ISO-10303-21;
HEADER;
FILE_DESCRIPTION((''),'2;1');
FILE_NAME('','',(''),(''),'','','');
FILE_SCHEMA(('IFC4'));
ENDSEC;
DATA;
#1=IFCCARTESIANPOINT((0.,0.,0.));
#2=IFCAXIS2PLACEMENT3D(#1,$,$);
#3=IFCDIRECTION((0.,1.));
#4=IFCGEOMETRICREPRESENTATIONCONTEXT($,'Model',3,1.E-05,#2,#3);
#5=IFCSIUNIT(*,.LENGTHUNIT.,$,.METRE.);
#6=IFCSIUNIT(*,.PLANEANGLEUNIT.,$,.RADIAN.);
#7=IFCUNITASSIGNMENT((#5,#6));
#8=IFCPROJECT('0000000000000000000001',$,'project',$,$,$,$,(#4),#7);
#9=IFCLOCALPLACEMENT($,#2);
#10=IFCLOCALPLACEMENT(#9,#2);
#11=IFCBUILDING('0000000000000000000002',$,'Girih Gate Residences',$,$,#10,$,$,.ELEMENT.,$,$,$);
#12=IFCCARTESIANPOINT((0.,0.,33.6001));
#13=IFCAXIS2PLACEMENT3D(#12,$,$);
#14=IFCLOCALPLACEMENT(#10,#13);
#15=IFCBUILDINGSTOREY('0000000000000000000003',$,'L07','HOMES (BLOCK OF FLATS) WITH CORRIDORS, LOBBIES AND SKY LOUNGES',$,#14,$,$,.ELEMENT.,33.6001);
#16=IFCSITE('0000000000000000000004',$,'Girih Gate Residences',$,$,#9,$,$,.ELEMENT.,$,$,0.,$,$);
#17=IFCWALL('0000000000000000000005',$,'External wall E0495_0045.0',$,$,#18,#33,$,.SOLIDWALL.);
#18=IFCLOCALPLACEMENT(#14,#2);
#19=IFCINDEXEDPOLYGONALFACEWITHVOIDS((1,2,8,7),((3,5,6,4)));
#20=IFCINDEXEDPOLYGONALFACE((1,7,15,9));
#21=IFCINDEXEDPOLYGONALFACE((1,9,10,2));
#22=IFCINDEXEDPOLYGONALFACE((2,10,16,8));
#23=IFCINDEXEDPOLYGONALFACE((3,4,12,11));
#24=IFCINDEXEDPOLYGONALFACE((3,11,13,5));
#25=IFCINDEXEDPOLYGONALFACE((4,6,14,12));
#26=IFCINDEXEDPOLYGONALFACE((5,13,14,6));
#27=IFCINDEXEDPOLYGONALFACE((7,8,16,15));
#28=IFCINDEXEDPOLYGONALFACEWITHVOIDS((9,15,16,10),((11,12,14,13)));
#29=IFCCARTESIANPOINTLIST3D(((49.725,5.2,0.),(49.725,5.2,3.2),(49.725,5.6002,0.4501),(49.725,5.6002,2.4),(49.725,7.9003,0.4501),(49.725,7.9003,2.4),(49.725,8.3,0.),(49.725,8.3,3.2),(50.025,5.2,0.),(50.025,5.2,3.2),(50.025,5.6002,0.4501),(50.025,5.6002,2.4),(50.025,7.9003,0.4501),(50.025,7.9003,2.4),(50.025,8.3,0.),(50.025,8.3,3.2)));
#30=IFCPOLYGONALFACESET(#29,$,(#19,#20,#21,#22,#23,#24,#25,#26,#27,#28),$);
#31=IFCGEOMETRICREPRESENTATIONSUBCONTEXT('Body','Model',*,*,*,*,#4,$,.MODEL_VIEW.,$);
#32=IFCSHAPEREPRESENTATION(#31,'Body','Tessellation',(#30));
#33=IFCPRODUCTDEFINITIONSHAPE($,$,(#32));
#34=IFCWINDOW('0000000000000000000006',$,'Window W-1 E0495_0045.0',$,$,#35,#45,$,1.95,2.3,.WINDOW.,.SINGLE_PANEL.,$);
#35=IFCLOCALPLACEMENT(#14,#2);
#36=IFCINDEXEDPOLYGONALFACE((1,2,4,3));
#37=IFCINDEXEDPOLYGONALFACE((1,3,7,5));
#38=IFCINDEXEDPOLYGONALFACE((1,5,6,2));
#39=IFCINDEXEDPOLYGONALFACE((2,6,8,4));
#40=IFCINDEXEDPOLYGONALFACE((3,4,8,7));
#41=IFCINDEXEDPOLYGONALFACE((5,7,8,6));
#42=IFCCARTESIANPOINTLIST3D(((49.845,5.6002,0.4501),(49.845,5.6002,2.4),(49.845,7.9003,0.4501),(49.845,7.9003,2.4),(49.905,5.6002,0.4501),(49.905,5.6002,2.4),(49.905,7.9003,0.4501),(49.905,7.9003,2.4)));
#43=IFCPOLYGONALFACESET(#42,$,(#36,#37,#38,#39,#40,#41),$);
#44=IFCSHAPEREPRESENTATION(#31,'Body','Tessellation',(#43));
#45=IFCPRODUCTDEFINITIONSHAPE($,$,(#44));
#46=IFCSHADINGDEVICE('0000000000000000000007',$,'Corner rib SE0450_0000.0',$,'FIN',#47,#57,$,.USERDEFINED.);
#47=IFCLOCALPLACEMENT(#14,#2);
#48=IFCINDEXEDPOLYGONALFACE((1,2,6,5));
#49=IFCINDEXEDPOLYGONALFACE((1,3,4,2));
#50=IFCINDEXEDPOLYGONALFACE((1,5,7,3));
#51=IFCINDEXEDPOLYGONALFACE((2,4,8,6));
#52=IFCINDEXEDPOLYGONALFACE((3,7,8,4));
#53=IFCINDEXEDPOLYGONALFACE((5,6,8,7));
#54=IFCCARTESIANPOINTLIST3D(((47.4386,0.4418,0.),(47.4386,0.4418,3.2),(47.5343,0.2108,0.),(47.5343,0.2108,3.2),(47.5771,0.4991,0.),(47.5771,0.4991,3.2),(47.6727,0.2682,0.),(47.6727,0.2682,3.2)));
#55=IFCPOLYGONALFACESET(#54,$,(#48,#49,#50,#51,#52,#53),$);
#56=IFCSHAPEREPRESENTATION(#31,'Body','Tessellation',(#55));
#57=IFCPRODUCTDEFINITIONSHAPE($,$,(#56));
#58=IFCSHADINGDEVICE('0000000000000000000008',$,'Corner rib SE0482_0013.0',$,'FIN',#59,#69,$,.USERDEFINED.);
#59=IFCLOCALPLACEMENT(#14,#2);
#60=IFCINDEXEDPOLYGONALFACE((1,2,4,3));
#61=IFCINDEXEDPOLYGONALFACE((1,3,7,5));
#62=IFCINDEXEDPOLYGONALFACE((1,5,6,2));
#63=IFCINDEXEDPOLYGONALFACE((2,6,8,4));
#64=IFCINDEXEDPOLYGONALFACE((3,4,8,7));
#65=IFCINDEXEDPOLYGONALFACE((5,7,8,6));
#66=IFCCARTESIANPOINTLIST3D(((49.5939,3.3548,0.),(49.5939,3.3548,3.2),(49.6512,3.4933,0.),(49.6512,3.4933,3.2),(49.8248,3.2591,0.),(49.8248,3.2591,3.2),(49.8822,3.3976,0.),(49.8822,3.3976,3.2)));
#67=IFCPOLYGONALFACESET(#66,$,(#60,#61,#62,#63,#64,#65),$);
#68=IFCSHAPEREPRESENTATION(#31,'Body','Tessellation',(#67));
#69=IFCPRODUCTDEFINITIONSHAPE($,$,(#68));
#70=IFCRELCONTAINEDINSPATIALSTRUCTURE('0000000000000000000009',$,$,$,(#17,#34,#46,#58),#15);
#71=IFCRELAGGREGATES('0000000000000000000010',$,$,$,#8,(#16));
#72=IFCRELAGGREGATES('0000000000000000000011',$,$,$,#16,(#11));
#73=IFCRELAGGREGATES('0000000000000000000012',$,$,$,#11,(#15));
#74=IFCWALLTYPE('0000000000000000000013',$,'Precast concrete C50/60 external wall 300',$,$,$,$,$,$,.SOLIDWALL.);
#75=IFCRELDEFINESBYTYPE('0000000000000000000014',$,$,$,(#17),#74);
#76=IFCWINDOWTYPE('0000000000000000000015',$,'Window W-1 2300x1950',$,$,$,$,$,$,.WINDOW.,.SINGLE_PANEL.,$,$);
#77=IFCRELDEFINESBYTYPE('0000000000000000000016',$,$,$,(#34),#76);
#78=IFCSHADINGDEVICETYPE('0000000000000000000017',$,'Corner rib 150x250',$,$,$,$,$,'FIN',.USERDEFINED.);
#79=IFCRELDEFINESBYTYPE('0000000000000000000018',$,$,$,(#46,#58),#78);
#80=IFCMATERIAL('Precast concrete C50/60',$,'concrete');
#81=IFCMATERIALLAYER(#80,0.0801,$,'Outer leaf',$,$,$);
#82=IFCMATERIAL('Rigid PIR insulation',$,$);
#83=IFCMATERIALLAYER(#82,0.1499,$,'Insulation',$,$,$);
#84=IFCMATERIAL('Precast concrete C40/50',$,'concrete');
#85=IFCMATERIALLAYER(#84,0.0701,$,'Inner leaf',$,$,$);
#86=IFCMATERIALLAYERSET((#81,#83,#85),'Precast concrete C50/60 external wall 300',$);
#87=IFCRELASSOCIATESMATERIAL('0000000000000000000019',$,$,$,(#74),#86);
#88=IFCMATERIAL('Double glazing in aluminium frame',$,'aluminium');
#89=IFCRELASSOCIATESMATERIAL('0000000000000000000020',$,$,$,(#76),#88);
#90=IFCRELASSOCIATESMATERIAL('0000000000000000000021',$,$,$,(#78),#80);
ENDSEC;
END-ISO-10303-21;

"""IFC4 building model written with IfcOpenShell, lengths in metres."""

from ifc_helpers import new_model, si_unit, direction, frame, frame_2d, origin, origin_2d, place, context, subcontext, project, spatial, rectangle, extrude, material, layer, layer_set, type_object, element, fill, save


model = new_model("IFC4")

# Units and contexts
model_context = context("Model", 3, precision=1e-05, world=origin(), true_north=direction((0.0, 1.0)))
body_context = subcontext(model_context, "Body", "Model", "MODEL_VIEW")
ifc_project = project(units=[si_unit("LENGTHUNIT", "METRE"), si_unit("PLANEANGLEUNIT", "RADIAN")], contexts=[model_context])

# Site, building, storey
site_placement = place(None, origin())
site = spatial("IfcSite", under=ifc_project, at=site_placement, Name="Girih Gate Residences", CompositionType="ELEMENT", RefElevation=0.0)
building_placement = place(site_placement, origin())
building = spatial("IfcBuilding", under=site, at=building_placement, Name="Girih Gate Residences", CompositionType="ELEMENT")
storey_placement = place(building_placement, frame((0.0, 0.0, 33.6001)))
storey = spatial("IfcBuildingStorey", under=building, at=storey_placement, Name="L07", Description="HOMES (BLOCK OF FLATS) WITH CORRIDORS, LOBBIES AND SKY LOUNGES", CompositionType="ELEMENT", Elevation=33.6001)

# Wall, opening, window
ifc_material_1 = material(Name="Precast concrete C50/60", Category="concrete")
ifc_layer_1 = layer(ifc_material_1, 0.0801, Name="Outer leaf")
ifc_material_2 = material(Name="Rigid PIR insulation")
ifc_layer_2 = layer(ifc_material_2, 0.1499, Name="Insulation")
ifc_material_3 = material(Name="Precast concrete C40/50", Category="concrete")
ifc_layer_3 = layer(ifc_material_3, 0.0701, Name="Inner leaf")
ifc_layer_set_1 = layer_set([ifc_layer_1, ifc_layer_2, ifc_layer_3], Name="Precast concrete C50/60 external wall 300")
wall_type_1 = type_object("IfcWallType", Name="Precast concrete C50/60 external wall 300", PredefinedType="SOLIDWALL", material=ifc_layer_set_1)
ifc_material_4 = material(Name="Double glazing in aluminium frame", Category="aluminium")
wall_1_placement = place(storey_placement, frame((49.875, 8.3, 0.0), z_axis=(0.0, 0.0, 1.0), x_axis=(0.0, -1.0, 0.0)))
wall_1 = element("IfcWall", 1, at=wall_1_placement, inside=storey, type_object=wall_type_1, Name="External wall E0495_0045.0", PredefinedType="SOLIDWALL", context=body_context, shape_type="SweptSolid", body=[
    extrude(rectangle(XDim=3.1001, YDim=0.3, at=frame_2d((1.55, 0.0))), origin(), (0.0, 0.0, 1.0), 3.2),
])
opening_1_placement = place(wall_1_placement, frame((0.3999, 0.0, 0.45)))
opening_1 = element("IfcOpeningElement", 2, at=opening_1_placement, cuts=wall_1, PredefinedType="OPENING", context=body_context, shape_type="SweptSolid", body=[
    extrude(rectangle(XDim=2.3, YDim=1.95, at=frame_2d((1.1499, 0.9751))), frame((0.0, 0.1599, 0.0), z_axis=(0.0, -1.0, 0.0), x_axis=(1.0, 0.0, 0.0)), (0.0, 0.0, 1.0), 0.3201),
])
window_type_1 = type_object("IfcWindowType", Name="Window W-1 2300x1950", PartitioningType="SINGLE_PANEL", PredefinedType="WINDOW", material=ifc_material_4)
window_1_placement = place(opening_1_placement, origin())
window_1 = element("IfcWindow", 3, at=window_1_placement, inside=storey, type_object=window_type_1, Name="Window W-1 E0495_0045.0", OverallHeight=1.95, OverallWidth=2.3, PartitioningType="SINGLE_PANEL", PredefinedType="WINDOW", context=body_context, shape_type="SweptSolid", body=[
    extrude(rectangle(XDim=2.3, YDim=1.95, at=frame_2d((1.1499, 0.9751))), frame((0.0, 0.03, 0.0), z_axis=(0.0, -1.0, 0.0), x_axis=(1.0, 0.0, 0.0)), (0.0, 0.0, 1.0), 0.0601),
])
fill(opening_1, window_1)

# Shading devices
shading_device_type = type_object("IfcShadingDeviceType", Name="Corner rib 150x250", ElementType="FIN", PredefinedType="USERDEFINED", material=ifc_material_1)
for number, where, z_axis, x_axis, name in (
    (4, (47.5557, 0.355, 0.0), (0.0, 0.0, 1.0), (0.92388, 0.382683, 0.0), "Corner rib SE0450_0000.0"),
    (5, (49.738, 3.3762, 0.0), (0.0, 0.0, 1.0), (0.382683, 0.92388, 0.0), "Corner rib SE0482_0013.0"),
):
    element("IfcShadingDevice", number, at=place(storey_placement, frame(where, z_axis=z_axis, x_axis=x_axis)), inside=storey, type_object=shading_device_type, Name=name, ObjectType="FIN", PredefinedType="USERDEFINED", context=body_context, shape_type="SweptSolid", body=[
        extrude(rectangle(XDim=0.1499, YDim=0.25, at=origin_2d()), origin(), (0.0, 0.0, 1.0), 3.2),
    ])

save(model, "model.ifc")
